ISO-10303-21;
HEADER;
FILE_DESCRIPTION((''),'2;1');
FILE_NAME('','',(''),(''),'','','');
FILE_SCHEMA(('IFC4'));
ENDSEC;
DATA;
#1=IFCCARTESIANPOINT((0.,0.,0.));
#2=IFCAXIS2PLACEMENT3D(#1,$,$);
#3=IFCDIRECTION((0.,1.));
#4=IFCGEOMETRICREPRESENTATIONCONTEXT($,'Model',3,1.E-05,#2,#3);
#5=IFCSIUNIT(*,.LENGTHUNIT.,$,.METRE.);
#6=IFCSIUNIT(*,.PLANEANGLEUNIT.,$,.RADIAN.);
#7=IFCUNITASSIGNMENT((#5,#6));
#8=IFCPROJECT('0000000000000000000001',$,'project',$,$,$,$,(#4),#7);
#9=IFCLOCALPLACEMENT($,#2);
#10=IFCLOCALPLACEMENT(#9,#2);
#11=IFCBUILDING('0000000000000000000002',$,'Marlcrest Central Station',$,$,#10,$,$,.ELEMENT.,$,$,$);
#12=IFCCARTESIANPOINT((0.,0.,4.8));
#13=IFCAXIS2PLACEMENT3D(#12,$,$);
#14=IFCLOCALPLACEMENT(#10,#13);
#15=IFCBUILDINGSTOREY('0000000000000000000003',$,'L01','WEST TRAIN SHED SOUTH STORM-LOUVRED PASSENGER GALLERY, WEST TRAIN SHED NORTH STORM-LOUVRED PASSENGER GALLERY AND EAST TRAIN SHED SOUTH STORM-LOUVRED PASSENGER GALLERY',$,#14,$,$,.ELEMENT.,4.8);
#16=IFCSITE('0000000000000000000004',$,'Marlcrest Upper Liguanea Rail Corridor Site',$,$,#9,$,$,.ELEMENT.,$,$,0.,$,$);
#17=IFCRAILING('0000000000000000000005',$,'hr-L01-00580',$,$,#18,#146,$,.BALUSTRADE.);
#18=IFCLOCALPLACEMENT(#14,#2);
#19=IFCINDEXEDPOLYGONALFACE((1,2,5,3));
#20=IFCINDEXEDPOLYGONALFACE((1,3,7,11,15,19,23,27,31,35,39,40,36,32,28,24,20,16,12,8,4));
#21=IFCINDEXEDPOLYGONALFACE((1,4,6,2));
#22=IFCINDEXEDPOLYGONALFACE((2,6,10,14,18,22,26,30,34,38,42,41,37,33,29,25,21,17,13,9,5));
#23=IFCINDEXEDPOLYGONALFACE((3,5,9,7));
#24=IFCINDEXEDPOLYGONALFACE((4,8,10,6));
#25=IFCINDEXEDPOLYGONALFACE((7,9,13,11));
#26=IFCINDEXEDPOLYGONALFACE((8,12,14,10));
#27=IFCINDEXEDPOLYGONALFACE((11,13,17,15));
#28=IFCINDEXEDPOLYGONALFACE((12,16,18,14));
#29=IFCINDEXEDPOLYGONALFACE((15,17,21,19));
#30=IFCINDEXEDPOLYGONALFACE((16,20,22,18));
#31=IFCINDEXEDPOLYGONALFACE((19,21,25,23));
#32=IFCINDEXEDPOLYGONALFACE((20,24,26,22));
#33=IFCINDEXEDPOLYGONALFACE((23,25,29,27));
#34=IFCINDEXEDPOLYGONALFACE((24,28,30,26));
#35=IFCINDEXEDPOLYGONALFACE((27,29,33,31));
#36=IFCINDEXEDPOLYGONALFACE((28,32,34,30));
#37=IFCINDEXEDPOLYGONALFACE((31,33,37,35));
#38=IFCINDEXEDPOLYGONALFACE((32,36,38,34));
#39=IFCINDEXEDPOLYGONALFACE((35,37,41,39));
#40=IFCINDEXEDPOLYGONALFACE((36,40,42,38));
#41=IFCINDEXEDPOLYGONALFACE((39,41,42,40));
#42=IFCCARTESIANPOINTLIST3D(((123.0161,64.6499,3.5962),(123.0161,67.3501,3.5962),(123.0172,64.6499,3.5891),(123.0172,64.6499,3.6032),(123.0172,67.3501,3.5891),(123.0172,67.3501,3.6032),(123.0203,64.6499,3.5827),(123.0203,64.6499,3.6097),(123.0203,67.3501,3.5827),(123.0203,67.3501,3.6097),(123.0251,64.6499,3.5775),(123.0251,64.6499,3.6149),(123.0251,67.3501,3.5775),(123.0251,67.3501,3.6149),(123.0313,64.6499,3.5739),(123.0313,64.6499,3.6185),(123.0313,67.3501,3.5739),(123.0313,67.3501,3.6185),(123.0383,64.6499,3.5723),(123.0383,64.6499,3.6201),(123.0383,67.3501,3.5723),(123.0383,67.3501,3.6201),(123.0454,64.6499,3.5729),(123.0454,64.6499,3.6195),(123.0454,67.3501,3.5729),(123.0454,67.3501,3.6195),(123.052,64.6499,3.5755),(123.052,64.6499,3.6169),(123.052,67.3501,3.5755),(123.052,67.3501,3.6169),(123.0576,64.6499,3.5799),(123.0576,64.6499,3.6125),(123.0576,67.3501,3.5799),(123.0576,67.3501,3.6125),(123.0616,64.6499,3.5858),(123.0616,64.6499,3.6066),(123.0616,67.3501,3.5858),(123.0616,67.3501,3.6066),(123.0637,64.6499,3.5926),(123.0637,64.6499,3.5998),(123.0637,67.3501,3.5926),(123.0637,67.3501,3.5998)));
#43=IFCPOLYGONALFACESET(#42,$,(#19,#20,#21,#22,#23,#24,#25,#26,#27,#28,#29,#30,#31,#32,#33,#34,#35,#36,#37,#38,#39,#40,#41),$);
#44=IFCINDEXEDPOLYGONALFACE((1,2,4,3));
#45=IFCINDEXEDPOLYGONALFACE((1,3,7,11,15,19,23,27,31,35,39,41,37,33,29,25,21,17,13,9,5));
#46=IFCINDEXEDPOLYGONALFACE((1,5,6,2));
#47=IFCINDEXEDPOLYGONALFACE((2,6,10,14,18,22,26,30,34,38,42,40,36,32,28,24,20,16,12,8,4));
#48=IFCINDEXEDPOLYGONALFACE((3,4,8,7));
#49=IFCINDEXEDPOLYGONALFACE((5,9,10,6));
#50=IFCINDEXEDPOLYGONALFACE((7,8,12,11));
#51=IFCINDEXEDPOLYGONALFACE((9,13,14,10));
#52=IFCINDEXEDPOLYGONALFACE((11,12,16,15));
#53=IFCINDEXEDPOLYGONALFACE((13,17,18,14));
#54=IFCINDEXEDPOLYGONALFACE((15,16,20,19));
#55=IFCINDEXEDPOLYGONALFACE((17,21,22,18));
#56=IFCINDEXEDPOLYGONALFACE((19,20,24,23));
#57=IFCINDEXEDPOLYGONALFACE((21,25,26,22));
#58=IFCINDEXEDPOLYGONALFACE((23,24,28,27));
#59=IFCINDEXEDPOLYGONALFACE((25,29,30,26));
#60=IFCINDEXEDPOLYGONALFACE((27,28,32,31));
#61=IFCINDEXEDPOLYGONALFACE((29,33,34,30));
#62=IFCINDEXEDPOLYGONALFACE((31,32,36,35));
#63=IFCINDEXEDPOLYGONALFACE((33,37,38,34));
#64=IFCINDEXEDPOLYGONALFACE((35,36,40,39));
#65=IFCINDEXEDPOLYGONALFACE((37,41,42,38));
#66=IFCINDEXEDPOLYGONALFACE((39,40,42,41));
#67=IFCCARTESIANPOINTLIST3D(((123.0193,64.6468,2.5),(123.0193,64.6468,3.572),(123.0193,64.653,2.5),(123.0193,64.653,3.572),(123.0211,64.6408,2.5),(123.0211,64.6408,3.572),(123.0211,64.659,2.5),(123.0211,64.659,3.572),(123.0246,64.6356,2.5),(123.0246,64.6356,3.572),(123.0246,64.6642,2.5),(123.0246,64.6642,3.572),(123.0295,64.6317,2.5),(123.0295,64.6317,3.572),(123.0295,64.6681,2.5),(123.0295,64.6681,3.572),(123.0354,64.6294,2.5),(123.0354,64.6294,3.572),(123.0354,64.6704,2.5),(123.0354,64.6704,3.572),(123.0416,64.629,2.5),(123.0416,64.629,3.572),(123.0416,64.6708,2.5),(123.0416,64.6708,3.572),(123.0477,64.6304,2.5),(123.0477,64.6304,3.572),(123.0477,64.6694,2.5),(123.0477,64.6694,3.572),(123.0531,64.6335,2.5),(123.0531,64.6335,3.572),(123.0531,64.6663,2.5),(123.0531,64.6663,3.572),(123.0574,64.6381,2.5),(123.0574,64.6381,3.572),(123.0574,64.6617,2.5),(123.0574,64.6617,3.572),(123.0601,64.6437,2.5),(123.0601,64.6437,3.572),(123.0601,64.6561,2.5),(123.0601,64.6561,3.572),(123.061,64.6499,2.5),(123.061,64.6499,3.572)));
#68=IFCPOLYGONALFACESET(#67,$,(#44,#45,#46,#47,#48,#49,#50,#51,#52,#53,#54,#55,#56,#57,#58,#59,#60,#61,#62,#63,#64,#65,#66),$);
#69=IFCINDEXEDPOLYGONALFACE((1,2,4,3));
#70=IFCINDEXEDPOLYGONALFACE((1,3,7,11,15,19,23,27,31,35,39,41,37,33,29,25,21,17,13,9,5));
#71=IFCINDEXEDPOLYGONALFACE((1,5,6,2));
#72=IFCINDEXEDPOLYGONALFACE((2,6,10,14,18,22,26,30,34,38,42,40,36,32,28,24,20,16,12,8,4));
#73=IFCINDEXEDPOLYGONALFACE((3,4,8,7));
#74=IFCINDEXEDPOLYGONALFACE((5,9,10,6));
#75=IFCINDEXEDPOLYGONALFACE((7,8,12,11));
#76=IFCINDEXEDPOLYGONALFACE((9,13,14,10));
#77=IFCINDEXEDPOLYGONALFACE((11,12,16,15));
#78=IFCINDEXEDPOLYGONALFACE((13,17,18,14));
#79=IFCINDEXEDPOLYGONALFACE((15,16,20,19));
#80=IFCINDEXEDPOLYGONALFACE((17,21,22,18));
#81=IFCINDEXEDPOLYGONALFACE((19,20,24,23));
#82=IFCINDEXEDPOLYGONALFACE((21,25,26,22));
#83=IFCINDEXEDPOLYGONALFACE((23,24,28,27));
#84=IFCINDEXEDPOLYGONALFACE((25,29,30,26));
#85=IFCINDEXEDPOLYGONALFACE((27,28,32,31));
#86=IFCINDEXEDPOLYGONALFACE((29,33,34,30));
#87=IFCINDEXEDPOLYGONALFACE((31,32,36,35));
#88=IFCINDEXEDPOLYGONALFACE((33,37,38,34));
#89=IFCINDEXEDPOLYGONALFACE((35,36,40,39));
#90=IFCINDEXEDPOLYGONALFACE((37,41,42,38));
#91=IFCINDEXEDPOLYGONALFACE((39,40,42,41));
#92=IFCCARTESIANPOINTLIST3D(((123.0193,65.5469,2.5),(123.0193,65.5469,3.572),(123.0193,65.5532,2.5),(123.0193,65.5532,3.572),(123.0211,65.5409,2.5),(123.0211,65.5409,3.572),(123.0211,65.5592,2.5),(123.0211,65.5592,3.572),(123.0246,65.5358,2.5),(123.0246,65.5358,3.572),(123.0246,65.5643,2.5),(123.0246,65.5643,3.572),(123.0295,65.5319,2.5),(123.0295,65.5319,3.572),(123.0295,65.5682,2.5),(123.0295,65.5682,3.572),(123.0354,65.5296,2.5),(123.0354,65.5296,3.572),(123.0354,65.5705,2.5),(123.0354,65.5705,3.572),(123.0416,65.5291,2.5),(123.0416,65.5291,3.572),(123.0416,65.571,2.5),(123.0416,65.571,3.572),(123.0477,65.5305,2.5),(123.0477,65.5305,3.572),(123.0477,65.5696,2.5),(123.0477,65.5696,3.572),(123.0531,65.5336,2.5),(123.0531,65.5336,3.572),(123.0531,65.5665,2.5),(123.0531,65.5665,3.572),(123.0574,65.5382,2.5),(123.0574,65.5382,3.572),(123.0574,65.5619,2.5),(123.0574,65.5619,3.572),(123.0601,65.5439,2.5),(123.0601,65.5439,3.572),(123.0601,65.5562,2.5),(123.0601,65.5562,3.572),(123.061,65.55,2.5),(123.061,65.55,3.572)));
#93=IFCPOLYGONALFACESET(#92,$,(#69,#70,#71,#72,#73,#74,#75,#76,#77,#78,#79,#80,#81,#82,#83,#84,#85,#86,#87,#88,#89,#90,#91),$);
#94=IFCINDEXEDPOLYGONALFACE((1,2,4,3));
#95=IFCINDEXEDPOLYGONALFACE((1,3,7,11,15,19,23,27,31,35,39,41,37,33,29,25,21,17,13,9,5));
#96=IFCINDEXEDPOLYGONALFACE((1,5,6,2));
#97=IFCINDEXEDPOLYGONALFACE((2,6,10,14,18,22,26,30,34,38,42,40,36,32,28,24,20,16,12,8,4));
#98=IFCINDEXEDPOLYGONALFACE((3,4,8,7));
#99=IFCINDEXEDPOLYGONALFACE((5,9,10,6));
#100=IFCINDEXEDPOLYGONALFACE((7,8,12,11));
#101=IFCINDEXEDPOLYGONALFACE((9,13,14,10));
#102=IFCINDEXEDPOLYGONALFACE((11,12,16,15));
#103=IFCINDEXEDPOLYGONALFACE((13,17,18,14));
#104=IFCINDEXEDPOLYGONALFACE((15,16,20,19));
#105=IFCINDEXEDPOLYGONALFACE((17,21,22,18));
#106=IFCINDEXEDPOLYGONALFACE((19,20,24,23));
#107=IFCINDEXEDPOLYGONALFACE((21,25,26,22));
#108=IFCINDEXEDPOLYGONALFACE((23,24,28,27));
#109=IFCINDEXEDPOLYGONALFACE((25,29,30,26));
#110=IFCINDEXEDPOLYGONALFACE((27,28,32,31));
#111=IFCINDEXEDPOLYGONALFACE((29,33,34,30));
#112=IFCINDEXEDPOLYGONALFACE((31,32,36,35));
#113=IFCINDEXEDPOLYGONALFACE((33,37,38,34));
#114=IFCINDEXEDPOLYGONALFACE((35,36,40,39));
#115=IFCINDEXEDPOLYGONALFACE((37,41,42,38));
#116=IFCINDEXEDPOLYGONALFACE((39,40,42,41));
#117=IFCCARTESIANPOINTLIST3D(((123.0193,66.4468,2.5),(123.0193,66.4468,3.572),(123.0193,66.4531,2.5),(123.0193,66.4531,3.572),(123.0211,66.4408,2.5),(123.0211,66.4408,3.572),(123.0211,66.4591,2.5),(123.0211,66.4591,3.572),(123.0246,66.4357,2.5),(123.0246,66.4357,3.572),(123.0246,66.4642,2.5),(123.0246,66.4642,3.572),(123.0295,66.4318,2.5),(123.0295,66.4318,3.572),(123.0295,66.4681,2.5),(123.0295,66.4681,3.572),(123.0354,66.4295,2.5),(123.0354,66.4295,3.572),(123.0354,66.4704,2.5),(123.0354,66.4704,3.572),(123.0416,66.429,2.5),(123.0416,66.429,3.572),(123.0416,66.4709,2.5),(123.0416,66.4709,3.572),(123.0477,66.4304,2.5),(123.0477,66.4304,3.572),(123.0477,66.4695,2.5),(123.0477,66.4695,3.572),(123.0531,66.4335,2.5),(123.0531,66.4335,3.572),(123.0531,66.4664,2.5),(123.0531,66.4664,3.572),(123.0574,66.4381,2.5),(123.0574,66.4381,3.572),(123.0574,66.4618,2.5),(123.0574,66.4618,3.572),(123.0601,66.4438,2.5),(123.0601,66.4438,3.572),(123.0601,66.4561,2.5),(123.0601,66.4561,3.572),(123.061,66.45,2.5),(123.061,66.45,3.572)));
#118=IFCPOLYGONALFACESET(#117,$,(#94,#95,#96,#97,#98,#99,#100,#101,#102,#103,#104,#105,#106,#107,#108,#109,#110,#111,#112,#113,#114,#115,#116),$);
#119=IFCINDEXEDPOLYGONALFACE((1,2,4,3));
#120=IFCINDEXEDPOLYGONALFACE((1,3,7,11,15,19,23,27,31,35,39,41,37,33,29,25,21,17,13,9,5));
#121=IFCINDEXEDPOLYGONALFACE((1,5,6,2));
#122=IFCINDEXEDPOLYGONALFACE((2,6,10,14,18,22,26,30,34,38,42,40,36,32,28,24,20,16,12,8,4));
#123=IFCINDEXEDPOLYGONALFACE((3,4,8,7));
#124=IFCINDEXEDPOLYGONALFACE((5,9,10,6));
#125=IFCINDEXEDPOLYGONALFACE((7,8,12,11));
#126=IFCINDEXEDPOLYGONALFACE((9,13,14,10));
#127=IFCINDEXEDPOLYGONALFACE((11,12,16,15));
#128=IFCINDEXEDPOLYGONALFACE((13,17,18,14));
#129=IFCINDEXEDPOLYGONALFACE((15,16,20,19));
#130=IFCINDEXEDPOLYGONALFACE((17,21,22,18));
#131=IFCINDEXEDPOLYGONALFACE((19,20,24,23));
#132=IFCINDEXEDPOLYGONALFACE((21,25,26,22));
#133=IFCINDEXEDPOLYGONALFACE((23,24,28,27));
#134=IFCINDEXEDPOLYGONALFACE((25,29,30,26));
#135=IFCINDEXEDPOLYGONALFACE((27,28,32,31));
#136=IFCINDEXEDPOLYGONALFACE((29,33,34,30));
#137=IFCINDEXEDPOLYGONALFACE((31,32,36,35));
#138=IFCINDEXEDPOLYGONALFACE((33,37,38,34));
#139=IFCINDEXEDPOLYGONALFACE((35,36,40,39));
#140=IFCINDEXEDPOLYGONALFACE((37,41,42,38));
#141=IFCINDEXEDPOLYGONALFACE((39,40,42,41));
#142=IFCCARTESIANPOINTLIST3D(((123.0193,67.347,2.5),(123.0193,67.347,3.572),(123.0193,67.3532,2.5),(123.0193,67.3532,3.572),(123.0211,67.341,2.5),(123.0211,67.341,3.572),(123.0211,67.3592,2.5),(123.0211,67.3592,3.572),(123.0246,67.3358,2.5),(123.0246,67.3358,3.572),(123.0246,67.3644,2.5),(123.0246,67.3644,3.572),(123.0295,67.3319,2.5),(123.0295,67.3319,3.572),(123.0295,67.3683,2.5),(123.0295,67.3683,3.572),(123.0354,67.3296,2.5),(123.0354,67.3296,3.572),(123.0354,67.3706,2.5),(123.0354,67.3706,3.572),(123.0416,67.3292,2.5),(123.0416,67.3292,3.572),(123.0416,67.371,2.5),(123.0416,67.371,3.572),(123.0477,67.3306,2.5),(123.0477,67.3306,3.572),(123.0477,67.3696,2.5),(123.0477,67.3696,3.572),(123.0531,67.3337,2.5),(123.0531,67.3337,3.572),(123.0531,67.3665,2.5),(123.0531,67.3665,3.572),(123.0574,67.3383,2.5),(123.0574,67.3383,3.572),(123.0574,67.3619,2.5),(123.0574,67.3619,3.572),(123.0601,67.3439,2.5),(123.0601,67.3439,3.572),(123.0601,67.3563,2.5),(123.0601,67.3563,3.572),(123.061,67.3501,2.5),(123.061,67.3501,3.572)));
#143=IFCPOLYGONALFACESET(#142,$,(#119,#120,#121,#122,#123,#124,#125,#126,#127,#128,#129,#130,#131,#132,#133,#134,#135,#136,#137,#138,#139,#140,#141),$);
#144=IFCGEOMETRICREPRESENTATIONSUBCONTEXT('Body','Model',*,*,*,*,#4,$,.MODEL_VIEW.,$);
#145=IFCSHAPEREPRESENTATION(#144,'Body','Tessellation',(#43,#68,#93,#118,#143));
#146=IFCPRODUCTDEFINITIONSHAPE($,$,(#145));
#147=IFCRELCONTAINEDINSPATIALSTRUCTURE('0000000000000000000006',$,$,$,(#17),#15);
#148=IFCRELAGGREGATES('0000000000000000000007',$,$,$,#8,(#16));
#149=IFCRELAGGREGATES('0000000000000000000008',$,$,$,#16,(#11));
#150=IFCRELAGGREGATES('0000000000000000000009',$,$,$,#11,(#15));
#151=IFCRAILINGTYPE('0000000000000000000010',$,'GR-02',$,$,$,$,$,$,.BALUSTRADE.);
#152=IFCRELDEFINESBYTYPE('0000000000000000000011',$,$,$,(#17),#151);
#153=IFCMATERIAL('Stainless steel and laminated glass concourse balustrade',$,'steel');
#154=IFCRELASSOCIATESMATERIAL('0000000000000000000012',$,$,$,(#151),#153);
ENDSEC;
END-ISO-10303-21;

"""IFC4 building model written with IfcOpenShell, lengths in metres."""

from ifc_helpers import new_model, si_unit, direction, frame, origin, origin_2d, place, context, subcontext, project, spatial, circle, extrude, material, type_object, element, save


model = new_model("IFC4")

# Units and contexts
model_context = context("Model", 3, precision=1e-05, world=origin(), true_north=direction((0.0, 1.0)))
body_context = subcontext(model_context, "Body", "Model", "MODEL_VIEW")
ifc_project = project(units=[si_unit("LENGTHUNIT", "METRE"), si_unit("PLANEANGLEUNIT", "RADIAN")], contexts=[model_context])

# Site, building, storey
site_placement = place(None, origin())
site = spatial("IfcSite", under=ifc_project, at=site_placement, Name="Marlcrest Upper Liguanea Rail Corridor Site", CompositionType="ELEMENT", RefElevation=0.0)
building_placement = place(site_placement, origin())
building = spatial("IfcBuilding", under=site, at=building_placement, Name="Marlcrest Central Station", CompositionType="ELEMENT")
storey_placement = place(building_placement, frame((0.0, 0.0, 4.8)))
storey = spatial("IfcBuildingStorey", under=building, at=storey_placement, Name="L01", Description="WEST TRAIN SHED SOUTH STORM-LOUVRED PASSENGER GALLERY, WEST TRAIN SHED NORTH STORM-LOUVRED PASSENGER GALLERY AND EAST TRAIN SHED SOUTH STORM-LOUVRED PASSENGER GALLERY", CompositionType="ELEMENT", Elevation=4.8)

# Railing
ifc_material_1 = material(Name="Stainless steel and laminated glass concourse balustrade", Category="steel")
railing_type_1 = type_object("IfcRailingType", Name="GR-02", PredefinedType="BALUSTRADE", material=ifc_material_1)
railing_1_placement = place(storey_placement, frame((123.04, 64.6499, 2.5)))
element("IfcRailing", 1, at=railing_1_placement, inside=storey, type_object=railing_type_1, Name="hr-L01-00580", PredefinedType="BALUSTRADE", context=body_context, shape_type="SweptSolid", body=[
    extrude(circle(Radius=0.0239, at=origin_2d()), frame((0.0, 0.0, 1.0962), z_axis=(0.0, 1.0, 0.0), x_axis=(-1.0, 0.0, 0.0)), (0.0, 0.0, 1.0), 2.7002),
    extrude(circle(Radius=0.021, at=origin_2d()), origin(), (0.0, 0.0, 1.0), 1.072),
    extrude(circle(Radius=0.021, at=origin_2d()), frame((0.0, 0.9001, 0.0)), (0.0, 0.0, 1.0), 1.072),
    extrude(circle(Radius=0.021, at=origin_2d()), frame((0.0, 1.8, 0.0)), (0.0, 0.0, 1.0), 1.072),
    extrude(circle(Radius=0.021, at=origin_2d()), frame((0.0, 2.7002, 0.0)), (0.0, 0.0, 1.0), 1.072),
])

save(model, "model.ifc")
